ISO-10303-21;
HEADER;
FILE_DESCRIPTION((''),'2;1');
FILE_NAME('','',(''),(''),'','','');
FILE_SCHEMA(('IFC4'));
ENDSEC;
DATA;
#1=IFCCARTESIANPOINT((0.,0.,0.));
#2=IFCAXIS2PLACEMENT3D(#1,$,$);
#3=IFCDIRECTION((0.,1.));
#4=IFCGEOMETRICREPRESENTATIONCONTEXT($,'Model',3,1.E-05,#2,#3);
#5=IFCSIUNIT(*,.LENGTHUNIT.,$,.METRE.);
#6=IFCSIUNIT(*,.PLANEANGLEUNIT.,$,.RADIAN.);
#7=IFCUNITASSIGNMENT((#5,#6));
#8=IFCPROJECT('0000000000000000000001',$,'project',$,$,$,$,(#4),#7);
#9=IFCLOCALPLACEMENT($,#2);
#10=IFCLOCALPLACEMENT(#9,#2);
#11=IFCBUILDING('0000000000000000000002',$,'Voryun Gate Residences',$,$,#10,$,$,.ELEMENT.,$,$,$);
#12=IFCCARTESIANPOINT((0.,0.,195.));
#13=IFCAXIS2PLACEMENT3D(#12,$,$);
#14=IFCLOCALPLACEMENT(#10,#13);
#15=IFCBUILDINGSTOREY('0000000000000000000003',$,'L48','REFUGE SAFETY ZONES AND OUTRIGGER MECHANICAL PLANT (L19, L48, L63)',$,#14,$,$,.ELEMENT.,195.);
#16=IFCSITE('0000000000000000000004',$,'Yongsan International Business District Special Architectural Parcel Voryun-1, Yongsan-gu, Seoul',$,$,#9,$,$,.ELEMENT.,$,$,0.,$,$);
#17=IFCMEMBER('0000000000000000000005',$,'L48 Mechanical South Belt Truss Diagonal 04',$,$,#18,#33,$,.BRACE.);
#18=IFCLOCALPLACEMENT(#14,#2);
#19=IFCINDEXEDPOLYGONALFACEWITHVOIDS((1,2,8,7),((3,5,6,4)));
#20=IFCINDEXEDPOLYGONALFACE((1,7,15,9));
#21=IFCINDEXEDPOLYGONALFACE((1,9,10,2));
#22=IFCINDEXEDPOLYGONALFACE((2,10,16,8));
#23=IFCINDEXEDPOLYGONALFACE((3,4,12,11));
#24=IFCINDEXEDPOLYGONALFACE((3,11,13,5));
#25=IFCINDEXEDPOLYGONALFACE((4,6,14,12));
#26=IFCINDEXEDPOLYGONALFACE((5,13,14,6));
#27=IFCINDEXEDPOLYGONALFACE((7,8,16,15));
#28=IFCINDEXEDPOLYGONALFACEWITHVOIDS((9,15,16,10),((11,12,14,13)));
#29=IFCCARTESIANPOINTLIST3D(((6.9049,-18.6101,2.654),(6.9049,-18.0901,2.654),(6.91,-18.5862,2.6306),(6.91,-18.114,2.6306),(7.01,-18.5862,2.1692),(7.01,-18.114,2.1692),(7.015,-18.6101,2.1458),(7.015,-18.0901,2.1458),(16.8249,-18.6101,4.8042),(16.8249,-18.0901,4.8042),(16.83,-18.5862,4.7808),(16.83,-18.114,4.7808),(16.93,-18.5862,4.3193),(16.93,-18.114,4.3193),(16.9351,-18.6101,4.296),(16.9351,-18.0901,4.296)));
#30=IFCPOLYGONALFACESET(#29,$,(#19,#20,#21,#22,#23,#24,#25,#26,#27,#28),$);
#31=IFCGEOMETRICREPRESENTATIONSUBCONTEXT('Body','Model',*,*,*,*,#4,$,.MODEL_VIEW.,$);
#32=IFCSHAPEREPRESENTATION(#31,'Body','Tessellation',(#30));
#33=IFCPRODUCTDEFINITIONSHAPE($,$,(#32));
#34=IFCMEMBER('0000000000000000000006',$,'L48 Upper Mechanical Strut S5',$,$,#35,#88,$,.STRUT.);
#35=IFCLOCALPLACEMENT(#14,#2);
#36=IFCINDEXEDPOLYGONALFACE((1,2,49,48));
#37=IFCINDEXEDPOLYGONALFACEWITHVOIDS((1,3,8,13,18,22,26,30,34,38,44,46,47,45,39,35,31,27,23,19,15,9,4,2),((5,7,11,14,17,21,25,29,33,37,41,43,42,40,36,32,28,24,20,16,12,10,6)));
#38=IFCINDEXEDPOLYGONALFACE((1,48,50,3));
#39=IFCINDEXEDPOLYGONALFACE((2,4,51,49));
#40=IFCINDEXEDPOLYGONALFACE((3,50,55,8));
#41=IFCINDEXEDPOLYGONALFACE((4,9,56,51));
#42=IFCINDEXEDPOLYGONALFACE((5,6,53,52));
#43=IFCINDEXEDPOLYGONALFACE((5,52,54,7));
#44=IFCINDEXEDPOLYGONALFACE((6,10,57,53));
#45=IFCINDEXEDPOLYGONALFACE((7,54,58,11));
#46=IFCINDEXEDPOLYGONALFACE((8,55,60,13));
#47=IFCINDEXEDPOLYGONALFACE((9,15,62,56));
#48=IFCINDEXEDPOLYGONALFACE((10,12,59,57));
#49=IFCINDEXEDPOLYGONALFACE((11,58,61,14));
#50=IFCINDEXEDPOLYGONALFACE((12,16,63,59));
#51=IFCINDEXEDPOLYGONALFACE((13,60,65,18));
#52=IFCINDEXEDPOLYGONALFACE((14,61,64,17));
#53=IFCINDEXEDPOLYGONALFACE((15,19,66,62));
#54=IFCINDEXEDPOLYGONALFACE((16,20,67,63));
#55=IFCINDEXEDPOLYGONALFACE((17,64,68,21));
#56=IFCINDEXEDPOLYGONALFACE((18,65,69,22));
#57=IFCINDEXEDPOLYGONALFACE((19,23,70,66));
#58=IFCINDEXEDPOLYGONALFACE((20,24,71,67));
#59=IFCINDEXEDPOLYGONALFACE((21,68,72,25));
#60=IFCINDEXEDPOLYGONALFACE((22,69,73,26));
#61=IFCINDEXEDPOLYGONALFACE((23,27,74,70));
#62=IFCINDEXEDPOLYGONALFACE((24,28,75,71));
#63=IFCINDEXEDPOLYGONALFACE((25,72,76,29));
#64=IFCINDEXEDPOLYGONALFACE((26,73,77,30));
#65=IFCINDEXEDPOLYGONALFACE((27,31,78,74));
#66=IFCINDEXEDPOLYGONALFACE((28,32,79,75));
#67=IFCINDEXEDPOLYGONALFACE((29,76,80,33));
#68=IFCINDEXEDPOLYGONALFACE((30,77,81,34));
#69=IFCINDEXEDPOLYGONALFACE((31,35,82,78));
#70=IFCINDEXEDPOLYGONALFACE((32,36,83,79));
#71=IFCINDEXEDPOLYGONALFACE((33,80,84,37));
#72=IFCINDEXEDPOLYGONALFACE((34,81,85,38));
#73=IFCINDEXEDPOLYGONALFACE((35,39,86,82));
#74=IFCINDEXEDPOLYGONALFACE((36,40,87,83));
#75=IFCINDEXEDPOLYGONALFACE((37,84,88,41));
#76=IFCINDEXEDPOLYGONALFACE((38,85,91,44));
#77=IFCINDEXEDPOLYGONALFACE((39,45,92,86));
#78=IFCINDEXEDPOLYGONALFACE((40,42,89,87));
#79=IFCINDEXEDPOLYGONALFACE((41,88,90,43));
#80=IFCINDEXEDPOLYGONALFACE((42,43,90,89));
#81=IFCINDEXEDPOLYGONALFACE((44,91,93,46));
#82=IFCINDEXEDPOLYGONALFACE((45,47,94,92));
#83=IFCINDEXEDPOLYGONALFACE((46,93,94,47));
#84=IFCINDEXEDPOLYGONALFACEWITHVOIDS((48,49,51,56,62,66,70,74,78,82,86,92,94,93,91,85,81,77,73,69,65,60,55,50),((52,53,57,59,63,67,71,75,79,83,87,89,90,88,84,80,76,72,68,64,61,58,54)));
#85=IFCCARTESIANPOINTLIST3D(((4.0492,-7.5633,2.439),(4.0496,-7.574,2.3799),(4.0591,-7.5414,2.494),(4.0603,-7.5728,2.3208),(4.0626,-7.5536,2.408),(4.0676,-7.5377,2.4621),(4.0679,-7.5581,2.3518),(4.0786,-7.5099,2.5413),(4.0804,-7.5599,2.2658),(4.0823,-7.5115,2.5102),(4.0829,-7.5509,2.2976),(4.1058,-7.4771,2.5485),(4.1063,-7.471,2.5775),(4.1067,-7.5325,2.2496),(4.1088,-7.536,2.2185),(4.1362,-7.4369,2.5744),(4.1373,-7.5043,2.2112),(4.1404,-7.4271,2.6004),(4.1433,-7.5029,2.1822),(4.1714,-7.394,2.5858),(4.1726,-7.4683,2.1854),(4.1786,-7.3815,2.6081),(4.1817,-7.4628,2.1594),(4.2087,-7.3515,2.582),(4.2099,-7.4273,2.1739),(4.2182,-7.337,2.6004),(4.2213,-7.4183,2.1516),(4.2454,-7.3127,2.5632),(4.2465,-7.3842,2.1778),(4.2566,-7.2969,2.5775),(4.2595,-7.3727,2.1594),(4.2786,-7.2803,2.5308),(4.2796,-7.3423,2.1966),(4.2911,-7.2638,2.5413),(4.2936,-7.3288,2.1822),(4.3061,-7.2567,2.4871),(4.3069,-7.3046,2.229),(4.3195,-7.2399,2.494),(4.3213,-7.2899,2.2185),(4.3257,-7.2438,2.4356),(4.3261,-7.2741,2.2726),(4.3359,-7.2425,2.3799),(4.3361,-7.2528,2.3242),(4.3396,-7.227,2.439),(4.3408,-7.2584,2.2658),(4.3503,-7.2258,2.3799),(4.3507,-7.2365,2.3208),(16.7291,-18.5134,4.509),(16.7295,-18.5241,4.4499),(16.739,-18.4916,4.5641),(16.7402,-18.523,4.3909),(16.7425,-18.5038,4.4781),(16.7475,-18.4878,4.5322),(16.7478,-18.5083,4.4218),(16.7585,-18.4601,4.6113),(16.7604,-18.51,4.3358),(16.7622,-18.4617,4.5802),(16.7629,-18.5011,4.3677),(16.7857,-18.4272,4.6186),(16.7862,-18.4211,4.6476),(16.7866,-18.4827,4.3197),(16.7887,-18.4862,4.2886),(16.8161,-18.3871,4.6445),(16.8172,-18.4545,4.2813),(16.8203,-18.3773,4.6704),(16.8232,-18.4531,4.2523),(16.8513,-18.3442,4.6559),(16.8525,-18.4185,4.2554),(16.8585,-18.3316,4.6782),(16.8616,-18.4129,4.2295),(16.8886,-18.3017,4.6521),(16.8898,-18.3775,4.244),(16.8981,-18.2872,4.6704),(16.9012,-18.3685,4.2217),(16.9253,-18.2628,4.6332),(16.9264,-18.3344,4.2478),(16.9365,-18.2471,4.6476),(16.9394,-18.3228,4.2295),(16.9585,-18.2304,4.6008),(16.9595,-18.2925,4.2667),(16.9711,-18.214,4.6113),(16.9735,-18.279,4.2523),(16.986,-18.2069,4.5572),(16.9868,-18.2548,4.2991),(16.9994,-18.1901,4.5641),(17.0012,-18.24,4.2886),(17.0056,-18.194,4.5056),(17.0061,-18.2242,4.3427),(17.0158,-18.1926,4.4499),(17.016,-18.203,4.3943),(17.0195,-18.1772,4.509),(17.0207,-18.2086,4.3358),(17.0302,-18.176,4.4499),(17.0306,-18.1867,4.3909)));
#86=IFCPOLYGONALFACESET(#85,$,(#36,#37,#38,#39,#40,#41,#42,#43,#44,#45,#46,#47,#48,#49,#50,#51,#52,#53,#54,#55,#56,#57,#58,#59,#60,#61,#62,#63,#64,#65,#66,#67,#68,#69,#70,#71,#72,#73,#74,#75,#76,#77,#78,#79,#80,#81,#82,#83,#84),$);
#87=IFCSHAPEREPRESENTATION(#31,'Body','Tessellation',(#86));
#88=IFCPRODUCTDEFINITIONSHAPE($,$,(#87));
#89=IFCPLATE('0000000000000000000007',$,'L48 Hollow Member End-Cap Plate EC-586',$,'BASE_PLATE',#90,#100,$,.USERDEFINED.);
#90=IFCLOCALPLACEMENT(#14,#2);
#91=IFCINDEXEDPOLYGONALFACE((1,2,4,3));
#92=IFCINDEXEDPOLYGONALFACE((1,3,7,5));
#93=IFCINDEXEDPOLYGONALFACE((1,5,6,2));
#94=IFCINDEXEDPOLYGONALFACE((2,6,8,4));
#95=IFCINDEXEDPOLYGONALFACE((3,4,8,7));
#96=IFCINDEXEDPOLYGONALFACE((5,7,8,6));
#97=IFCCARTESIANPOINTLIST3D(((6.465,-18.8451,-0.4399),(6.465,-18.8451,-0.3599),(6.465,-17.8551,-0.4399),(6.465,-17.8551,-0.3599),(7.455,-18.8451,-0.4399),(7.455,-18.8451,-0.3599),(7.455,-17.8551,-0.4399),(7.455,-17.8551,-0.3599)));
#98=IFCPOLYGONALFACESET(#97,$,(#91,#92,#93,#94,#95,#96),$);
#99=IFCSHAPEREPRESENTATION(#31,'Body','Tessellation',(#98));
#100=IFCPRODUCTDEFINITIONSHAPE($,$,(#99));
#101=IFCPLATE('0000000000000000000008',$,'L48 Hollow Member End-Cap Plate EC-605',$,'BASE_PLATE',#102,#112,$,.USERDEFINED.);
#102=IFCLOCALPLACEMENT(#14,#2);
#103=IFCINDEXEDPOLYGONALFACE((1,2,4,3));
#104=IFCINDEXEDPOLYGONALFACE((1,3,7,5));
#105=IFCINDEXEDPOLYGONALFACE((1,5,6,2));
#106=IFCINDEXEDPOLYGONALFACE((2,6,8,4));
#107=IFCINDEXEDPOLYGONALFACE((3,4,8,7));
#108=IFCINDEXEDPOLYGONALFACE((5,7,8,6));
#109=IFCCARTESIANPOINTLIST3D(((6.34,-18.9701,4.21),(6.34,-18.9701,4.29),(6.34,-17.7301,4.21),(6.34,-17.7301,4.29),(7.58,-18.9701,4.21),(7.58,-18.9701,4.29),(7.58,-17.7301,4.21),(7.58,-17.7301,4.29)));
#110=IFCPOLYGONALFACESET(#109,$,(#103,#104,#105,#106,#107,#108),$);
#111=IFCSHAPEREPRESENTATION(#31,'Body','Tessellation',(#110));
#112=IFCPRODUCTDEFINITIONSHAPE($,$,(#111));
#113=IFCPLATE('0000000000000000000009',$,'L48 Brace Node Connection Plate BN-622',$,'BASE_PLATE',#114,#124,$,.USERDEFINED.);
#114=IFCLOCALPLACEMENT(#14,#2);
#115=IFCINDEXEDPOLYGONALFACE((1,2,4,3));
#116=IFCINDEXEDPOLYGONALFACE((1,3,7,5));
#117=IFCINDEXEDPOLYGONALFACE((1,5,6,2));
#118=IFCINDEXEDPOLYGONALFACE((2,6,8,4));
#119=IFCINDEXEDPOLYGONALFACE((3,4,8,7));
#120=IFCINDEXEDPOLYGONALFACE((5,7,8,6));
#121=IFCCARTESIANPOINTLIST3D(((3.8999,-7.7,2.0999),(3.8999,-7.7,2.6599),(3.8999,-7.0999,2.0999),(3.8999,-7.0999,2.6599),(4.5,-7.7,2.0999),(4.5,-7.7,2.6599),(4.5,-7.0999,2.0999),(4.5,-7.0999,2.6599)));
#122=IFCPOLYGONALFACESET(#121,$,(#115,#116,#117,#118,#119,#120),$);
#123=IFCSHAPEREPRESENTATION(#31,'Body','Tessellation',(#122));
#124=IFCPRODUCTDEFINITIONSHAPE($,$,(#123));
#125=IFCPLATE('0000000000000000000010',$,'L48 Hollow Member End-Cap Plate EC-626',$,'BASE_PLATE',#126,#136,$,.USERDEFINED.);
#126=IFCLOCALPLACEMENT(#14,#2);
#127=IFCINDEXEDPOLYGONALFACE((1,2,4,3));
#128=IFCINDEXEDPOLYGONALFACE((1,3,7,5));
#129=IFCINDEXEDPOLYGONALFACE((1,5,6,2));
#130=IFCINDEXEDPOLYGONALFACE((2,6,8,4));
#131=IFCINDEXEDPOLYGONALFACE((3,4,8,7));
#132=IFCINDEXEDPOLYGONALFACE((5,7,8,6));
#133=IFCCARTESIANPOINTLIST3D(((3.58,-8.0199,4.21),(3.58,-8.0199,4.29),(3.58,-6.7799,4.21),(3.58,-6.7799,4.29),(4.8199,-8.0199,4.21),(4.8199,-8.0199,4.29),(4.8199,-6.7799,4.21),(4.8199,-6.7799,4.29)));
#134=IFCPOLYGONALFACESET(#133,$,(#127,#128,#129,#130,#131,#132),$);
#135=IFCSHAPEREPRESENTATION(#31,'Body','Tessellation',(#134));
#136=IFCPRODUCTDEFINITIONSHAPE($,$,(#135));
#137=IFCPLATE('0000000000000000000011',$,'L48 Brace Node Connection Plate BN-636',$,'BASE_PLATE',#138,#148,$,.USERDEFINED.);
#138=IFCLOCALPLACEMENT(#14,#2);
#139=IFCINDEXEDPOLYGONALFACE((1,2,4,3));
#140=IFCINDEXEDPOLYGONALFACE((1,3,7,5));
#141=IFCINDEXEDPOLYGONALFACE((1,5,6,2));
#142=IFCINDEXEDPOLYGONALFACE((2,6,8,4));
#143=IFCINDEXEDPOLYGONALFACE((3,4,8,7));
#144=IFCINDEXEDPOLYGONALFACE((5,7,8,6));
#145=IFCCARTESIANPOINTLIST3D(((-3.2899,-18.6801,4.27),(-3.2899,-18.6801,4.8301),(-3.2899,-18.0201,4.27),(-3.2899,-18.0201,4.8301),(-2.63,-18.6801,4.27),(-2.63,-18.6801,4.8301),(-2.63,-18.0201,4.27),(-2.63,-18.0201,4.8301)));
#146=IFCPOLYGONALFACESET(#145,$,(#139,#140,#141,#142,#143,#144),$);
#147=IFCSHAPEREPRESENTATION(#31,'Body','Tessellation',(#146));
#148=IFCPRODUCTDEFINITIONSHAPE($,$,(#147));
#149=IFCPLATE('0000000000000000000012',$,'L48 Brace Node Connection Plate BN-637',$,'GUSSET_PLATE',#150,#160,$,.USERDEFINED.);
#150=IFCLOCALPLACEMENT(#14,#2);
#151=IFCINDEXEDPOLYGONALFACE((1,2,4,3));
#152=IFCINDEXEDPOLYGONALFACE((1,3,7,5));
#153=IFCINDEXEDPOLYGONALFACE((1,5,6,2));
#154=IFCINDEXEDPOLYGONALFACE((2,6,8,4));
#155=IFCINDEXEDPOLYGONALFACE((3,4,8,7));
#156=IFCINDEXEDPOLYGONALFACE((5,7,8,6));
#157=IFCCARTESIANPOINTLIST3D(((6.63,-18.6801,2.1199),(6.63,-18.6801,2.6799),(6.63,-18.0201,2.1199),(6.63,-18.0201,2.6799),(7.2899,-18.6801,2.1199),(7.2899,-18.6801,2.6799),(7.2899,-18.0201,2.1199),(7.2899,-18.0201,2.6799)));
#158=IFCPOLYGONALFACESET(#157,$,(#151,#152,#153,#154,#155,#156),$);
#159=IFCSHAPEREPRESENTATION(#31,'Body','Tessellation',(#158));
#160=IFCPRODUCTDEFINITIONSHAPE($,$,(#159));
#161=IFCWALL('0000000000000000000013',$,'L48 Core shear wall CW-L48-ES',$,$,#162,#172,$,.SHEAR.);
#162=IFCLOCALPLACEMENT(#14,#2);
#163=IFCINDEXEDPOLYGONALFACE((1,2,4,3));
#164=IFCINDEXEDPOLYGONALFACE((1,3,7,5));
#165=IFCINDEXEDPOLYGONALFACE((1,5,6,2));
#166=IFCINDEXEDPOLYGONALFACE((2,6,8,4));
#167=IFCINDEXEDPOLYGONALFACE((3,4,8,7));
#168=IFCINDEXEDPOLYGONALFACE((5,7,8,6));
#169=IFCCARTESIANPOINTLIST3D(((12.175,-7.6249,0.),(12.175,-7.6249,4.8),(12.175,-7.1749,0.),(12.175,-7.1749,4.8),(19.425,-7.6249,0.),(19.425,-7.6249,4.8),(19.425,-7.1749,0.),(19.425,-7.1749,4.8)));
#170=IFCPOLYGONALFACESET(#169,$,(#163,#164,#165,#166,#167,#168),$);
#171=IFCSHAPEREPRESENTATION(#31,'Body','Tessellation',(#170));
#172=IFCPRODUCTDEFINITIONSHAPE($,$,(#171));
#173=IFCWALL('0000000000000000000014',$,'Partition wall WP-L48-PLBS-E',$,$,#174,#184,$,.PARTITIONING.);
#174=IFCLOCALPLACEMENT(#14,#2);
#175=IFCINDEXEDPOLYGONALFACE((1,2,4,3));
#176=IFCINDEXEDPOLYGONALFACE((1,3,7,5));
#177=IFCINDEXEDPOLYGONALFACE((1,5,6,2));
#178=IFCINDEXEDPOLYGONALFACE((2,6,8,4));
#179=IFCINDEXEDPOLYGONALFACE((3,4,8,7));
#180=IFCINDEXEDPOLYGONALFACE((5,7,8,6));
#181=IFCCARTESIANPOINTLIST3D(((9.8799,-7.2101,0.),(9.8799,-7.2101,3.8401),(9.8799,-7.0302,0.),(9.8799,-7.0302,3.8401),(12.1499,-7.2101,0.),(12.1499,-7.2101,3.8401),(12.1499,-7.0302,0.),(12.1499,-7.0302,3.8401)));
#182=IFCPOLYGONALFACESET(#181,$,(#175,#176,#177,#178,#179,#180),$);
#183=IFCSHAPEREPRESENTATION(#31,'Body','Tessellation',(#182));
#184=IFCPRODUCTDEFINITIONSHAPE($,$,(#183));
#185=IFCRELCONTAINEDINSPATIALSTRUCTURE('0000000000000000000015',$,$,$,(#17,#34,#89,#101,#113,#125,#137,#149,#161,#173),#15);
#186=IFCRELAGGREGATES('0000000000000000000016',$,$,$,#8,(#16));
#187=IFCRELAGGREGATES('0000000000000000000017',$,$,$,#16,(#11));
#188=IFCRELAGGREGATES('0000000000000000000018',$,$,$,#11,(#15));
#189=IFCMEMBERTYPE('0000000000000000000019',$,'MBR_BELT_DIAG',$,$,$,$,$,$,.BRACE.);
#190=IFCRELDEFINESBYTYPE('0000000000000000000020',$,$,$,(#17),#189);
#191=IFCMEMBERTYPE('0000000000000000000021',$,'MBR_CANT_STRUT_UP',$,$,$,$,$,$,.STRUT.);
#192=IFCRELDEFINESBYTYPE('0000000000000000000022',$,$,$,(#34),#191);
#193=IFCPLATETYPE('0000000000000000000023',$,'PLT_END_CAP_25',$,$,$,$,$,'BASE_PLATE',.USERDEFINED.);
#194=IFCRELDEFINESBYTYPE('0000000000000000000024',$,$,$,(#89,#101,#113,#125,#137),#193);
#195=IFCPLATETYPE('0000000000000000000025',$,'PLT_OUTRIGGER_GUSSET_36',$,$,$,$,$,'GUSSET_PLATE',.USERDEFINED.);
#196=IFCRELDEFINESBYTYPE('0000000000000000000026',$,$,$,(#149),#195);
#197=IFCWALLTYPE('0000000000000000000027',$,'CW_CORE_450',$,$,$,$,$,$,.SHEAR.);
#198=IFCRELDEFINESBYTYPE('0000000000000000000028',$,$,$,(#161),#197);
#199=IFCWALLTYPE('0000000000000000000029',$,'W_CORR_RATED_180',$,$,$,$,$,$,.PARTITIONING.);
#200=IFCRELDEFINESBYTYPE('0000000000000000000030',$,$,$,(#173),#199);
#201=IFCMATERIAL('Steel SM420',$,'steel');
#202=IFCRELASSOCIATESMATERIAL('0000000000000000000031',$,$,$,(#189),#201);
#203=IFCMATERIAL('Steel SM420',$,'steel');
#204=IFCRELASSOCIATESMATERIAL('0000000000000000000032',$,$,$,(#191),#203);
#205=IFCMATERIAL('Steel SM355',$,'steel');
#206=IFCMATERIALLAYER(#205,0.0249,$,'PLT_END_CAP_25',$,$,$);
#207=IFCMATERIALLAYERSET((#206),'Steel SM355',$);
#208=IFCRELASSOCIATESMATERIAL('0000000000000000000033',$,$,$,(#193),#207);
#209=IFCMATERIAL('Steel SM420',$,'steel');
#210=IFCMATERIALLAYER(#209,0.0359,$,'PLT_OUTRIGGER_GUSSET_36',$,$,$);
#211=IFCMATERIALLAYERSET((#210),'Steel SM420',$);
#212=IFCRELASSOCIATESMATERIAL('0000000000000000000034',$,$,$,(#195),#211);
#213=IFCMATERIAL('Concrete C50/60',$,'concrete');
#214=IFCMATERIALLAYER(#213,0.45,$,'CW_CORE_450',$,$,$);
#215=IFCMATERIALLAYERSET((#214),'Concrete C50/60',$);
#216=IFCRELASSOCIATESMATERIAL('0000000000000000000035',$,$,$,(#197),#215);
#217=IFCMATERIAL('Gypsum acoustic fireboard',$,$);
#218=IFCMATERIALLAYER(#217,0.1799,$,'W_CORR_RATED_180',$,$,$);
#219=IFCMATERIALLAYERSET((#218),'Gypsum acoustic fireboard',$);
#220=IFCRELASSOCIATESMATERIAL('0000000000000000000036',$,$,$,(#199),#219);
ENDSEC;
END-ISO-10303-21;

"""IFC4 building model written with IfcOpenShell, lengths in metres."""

from ifc_helpers import new_model, si_unit, direction, frame, frame_2d, origin, origin_2d, place, context, subcontext, project, spatial, rectangle, hollow_rectangle, hollow_circle, extrude, material, layer, layer_set, material_profile, profile_set, type_object, element, save


model = new_model("IFC4")

# Units and contexts
model_context = context("Model", 3, precision=1e-05, world=origin(), true_north=direction((0.0, 1.0)))
body_context = subcontext(model_context, "Body", "Model", "MODEL_VIEW")
ifc_project = project(units=[si_unit("LENGTHUNIT", "METRE"), si_unit("PLANEANGLEUNIT", "RADIAN")], contexts=[model_context])

# Site, building, storey
site_placement = place(None, origin())
site = spatial("IfcSite", under=ifc_project, at=site_placement, Name="Yongsan International Business District Special Architectural Parcel Voryun-1, Yongsan-gu, Seoul", CompositionType="ELEMENT", RefElevation=0.0)
building_placement = place(site_placement, origin())
building = spatial("IfcBuilding", under=site, at=building_placement, Name="Voryun Gate Residences", CompositionType="ELEMENT")
storey_placement = place(building_placement, frame((0.0, 0.0, 195.0)))
storey = spatial("IfcBuildingStorey", under=building, at=storey_placement, Name="L48", Description="REFUGE SAFETY ZONES AND OUTRIGGER MECHANICAL PLANT (L19, L48, L63)", CompositionType="ELEMENT", Elevation=195.0)

# Members
ifc_material_1 = material(Name="Steel SM420", Category="steel")
ifc_material_profile_1 = material_profile(ifc_material_1, hollow_rectangle(XDim=0.52, YDim=0.52, WallThickness=0.0239, at=origin_2d()), Name="BOX-520x520x24")
ifc_profile_set_1 = profile_set([ifc_material_profile_1], Name="Steel SM420")
member_type_1 = type_object("IfcMemberType", Name="MBR_BELT_DIAG", PredefinedType="BRACE", material=ifc_profile_set_1)
member_1_placement = place(storey_placement, frame((6.96, -18.3501, 2.3999), z_axis=(0.977306, 0.0, 0.211831), x_axis=(0.0, 1.0, 0.0)))
element("IfcMember", 1, at=member_1_placement, inside=storey, type_object=member_type_1, Name="L48 Mechanical South Belt Truss Diagonal 04", PredefinedType="BRACE", context=body_context, shape_type="SweptSolid", body=[
    extrude(hollow_rectangle(XDim=0.52, YDim=0.52, WallThickness=0.0239, at=origin_2d()), origin(), (0.0, 0.0, 1.0), 10.1504),
])
ifc_material_2 = material(Name="Steel SM420", Category="steel")
ifc_material_profile_2 = material_profile(ifc_material_2, hollow_circle(Radius=0.23, WallThickness=0.022, at=origin_2d()), Name="CHS-460x22")
ifc_profile_set_2 = profile_set([ifc_material_profile_2], Name="Steel SM420")
member_type_2 = type_object("IfcMemberType", Name="MBR_CANT_STRUT_UP", PredefinedType="STRUT", material=ifc_profile_set_2)
member_2_placement = place(storey_placement, frame((4.2, -7.3999, 2.3799), z_axis=(0.75113, -0.648665, 0.122626), x_axis=(0.653597, 0.756842, 0.0)))
element("IfcMember", 2, at=member_2_placement, inside=storey, type_object=member_type_2, Name="L48 Upper Mechanical Strut S5", PredefinedType="STRUT", context=body_context, shape_type="SweptSolid", body=[
    extrude(hollow_circle(Radius=0.23, WallThickness=0.022, at=origin_2d()), origin(), (0.0, 0.0, 1.0), 16.8811),
])

# Plates
ifc_material_3 = material(Name="Steel SM355", Category="steel")
ifc_layer_1 = layer(ifc_material_3, 0.0249, Name="PLT_END_CAP_25")
ifc_layer_set_1 = layer_set([ifc_layer_1], Name="Steel SM355")
plate_type_1 = type_object("IfcPlateType", Name="PLT_END_CAP_25", ElementType="BASE_PLATE", PredefinedType="USERDEFINED", material=ifc_layer_set_1)
plate_1_placement = place(storey_placement, frame((6.96, -18.3501, -0.4399), z_axis=(0.0, 0.0, 1.0), x_axis=(1.0, 0.0, 0.0)))
element("IfcPlate", 3, at=plate_1_placement, inside=storey, type_object=plate_type_1, Name="L48 Hollow Member End-Cap Plate EC-586", ObjectType="BASE_PLATE", PredefinedType="USERDEFINED", context=body_context, shape_type="SweptSolid", body=[
    extrude(rectangle(XDim=0.99, YDim=0.99, at=origin_2d()), origin(), (0.0, 0.0, 1.0), 0.0801),
])
plate_2_placement = place(storey_placement, frame((6.96, -18.3501, 4.21), z_axis=(0.0, 0.0, 1.0), x_axis=(1.0, 0.0, 0.0)))
element("IfcPlate", 4, at=plate_2_placement, inside=storey, type_object=plate_type_1, Name="L48 Hollow Member End-Cap Plate EC-605", ObjectType="BASE_PLATE", PredefinedType="USERDEFINED", context=body_context, shape_type="SweptSolid", body=[
    extrude(rectangle(XDim=1.24, YDim=1.24, at=origin_2d()), origin(), (0.0, 0.0, 1.0), 0.0801),
])
plate_3_placement = place(storey_placement, frame((4.2, -7.3999, 2.0999), z_axis=(0.0, 0.0, 1.0), x_axis=(1.0, 0.0, 0.0)))
element("IfcPlate", 5, at=plate_3_placement, inside=storey, type_object=plate_type_1, Name="L48 Brace Node Connection Plate BN-622", ObjectType="BASE_PLATE", PredefinedType="USERDEFINED", context=body_context, shape_type="SweptSolid", body=[
    extrude(rectangle(XDim=0.6001, YDim=0.6001, at=origin_2d()), origin(), (0.0, 0.0, 1.0), 0.5601),
])
plate_4_placement = place(storey_placement, frame((4.2, -7.3999, 4.21), z_axis=(0.0, 0.0, 1.0), x_axis=(1.0, 0.0, 0.0)))
element("IfcPlate", 6, at=plate_4_placement, inside=storey, type_object=plate_type_1, Name="L48 Hollow Member End-Cap Plate EC-626", ObjectType="BASE_PLATE", PredefinedType="USERDEFINED", context=body_context, shape_type="SweptSolid", body=[
    extrude(rectangle(XDim=1.24, YDim=1.24, at=origin_2d()), origin(), (0.0, 0.0, 1.0), 0.0801),
])
plate_5_placement = place(storey_placement, frame((-2.96, -18.3501, 4.27), z_axis=(0.0, 0.0, 1.0), x_axis=(1.0, 0.0, 0.0)))
element("IfcPlate", 7, at=plate_5_placement, inside=storey, type_object=plate_type_1, Name="L48 Brace Node Connection Plate BN-636", ObjectType="BASE_PLATE", PredefinedType="USERDEFINED", context=body_context, shape_type="SweptSolid", body=[
    extrude(rectangle(XDim=0.6599, YDim=0.6599, at=origin_2d()), origin(), (0.0, 0.0, 1.0), 0.5601),
])
ifc_material_4 = material(Name="Steel SM420", Category="steel")
ifc_layer_2 = layer(ifc_material_4, 0.0359, Name="PLT_OUTRIGGER_GUSSET_36")
ifc_layer_set_2 = layer_set([ifc_layer_2], Name="Steel SM420")
plate_type_2 = type_object("IfcPlateType", Name="PLT_OUTRIGGER_GUSSET_36", ElementType="GUSSET_PLATE", PredefinedType="USERDEFINED", material=ifc_layer_set_2)
plate_6_placement = place(storey_placement, frame((6.96, -18.3501, 2.1199), z_axis=(0.0, 0.0, 1.0), x_axis=(1.0, 0.0, 0.0)))
element("IfcPlate", 8, at=plate_6_placement, inside=storey, type_object=plate_type_2, Name="L48 Brace Node Connection Plate BN-637", ObjectType="GUSSET_PLATE", PredefinedType="USERDEFINED", context=body_context, shape_type="SweptSolid", body=[
    extrude(rectangle(XDim=0.6599, YDim=0.6599, at=origin_2d()), origin(), (0.0, 0.0, 1.0), 0.5601),
])

# Walls
ifc_material_5 = material(Name="Concrete C50/60", Category="concrete")
ifc_layer_3 = layer(ifc_material_5, 0.45, Name="CW_CORE_450")
ifc_layer_set_3 = layer_set([ifc_layer_3], Name="Concrete C50/60")
wall_type_1 = type_object("IfcWallType", Name="CW_CORE_450", PredefinedType="SHEAR", material=ifc_layer_set_3)
wall_1_placement = place(storey_placement, frame((12.175, -7.3999, 0.0), z_axis=(0.0, 0.0, 1.0), x_axis=(1.0, 0.0, 0.0)))
element("IfcWall", 9, at=wall_1_placement, inside=storey, type_object=wall_type_1, Name="L48 Core shear wall CW-L48-ES", PredefinedType="SHEAR", context=body_context, shape_type="SweptSolid", body=[
    extrude(rectangle(XDim=7.25, YDim=0.45, at=frame_2d((3.625, 0.0))), origin(), (0.0, 0.0, 1.0), 4.8),
])
ifc_material_6 = material(Name="Gypsum acoustic fireboard")
ifc_layer_4 = layer(ifc_material_6, 0.1799, Name="W_CORR_RATED_180")
ifc_layer_set_4 = layer_set([ifc_layer_4], Name="Gypsum acoustic fireboard")
wall_type_2 = type_object("IfcWallType", Name="W_CORR_RATED_180", PredefinedType="PARTITIONING", material=ifc_layer_set_4)
wall_2_placement = place(storey_placement, frame((9.8799, -7.1201, 0.0), z_axis=(0.0, 0.0, 1.0), x_axis=(1.0, 0.0, 0.0)))
element("IfcWall", 10, at=wall_2_placement, inside=storey, type_object=wall_type_2, Name="Partition wall WP-L48-PLBS-E", PredefinedType="PARTITIONING", context=body_context, shape_type="SweptSolid", body=[
    extrude(rectangle(XDim=2.27, YDim=0.1799, at=frame_2d((1.135, 0.0))), origin(), (0.0, 0.0, 1.0), 3.8401),
])

save(model, "model.ifc")
